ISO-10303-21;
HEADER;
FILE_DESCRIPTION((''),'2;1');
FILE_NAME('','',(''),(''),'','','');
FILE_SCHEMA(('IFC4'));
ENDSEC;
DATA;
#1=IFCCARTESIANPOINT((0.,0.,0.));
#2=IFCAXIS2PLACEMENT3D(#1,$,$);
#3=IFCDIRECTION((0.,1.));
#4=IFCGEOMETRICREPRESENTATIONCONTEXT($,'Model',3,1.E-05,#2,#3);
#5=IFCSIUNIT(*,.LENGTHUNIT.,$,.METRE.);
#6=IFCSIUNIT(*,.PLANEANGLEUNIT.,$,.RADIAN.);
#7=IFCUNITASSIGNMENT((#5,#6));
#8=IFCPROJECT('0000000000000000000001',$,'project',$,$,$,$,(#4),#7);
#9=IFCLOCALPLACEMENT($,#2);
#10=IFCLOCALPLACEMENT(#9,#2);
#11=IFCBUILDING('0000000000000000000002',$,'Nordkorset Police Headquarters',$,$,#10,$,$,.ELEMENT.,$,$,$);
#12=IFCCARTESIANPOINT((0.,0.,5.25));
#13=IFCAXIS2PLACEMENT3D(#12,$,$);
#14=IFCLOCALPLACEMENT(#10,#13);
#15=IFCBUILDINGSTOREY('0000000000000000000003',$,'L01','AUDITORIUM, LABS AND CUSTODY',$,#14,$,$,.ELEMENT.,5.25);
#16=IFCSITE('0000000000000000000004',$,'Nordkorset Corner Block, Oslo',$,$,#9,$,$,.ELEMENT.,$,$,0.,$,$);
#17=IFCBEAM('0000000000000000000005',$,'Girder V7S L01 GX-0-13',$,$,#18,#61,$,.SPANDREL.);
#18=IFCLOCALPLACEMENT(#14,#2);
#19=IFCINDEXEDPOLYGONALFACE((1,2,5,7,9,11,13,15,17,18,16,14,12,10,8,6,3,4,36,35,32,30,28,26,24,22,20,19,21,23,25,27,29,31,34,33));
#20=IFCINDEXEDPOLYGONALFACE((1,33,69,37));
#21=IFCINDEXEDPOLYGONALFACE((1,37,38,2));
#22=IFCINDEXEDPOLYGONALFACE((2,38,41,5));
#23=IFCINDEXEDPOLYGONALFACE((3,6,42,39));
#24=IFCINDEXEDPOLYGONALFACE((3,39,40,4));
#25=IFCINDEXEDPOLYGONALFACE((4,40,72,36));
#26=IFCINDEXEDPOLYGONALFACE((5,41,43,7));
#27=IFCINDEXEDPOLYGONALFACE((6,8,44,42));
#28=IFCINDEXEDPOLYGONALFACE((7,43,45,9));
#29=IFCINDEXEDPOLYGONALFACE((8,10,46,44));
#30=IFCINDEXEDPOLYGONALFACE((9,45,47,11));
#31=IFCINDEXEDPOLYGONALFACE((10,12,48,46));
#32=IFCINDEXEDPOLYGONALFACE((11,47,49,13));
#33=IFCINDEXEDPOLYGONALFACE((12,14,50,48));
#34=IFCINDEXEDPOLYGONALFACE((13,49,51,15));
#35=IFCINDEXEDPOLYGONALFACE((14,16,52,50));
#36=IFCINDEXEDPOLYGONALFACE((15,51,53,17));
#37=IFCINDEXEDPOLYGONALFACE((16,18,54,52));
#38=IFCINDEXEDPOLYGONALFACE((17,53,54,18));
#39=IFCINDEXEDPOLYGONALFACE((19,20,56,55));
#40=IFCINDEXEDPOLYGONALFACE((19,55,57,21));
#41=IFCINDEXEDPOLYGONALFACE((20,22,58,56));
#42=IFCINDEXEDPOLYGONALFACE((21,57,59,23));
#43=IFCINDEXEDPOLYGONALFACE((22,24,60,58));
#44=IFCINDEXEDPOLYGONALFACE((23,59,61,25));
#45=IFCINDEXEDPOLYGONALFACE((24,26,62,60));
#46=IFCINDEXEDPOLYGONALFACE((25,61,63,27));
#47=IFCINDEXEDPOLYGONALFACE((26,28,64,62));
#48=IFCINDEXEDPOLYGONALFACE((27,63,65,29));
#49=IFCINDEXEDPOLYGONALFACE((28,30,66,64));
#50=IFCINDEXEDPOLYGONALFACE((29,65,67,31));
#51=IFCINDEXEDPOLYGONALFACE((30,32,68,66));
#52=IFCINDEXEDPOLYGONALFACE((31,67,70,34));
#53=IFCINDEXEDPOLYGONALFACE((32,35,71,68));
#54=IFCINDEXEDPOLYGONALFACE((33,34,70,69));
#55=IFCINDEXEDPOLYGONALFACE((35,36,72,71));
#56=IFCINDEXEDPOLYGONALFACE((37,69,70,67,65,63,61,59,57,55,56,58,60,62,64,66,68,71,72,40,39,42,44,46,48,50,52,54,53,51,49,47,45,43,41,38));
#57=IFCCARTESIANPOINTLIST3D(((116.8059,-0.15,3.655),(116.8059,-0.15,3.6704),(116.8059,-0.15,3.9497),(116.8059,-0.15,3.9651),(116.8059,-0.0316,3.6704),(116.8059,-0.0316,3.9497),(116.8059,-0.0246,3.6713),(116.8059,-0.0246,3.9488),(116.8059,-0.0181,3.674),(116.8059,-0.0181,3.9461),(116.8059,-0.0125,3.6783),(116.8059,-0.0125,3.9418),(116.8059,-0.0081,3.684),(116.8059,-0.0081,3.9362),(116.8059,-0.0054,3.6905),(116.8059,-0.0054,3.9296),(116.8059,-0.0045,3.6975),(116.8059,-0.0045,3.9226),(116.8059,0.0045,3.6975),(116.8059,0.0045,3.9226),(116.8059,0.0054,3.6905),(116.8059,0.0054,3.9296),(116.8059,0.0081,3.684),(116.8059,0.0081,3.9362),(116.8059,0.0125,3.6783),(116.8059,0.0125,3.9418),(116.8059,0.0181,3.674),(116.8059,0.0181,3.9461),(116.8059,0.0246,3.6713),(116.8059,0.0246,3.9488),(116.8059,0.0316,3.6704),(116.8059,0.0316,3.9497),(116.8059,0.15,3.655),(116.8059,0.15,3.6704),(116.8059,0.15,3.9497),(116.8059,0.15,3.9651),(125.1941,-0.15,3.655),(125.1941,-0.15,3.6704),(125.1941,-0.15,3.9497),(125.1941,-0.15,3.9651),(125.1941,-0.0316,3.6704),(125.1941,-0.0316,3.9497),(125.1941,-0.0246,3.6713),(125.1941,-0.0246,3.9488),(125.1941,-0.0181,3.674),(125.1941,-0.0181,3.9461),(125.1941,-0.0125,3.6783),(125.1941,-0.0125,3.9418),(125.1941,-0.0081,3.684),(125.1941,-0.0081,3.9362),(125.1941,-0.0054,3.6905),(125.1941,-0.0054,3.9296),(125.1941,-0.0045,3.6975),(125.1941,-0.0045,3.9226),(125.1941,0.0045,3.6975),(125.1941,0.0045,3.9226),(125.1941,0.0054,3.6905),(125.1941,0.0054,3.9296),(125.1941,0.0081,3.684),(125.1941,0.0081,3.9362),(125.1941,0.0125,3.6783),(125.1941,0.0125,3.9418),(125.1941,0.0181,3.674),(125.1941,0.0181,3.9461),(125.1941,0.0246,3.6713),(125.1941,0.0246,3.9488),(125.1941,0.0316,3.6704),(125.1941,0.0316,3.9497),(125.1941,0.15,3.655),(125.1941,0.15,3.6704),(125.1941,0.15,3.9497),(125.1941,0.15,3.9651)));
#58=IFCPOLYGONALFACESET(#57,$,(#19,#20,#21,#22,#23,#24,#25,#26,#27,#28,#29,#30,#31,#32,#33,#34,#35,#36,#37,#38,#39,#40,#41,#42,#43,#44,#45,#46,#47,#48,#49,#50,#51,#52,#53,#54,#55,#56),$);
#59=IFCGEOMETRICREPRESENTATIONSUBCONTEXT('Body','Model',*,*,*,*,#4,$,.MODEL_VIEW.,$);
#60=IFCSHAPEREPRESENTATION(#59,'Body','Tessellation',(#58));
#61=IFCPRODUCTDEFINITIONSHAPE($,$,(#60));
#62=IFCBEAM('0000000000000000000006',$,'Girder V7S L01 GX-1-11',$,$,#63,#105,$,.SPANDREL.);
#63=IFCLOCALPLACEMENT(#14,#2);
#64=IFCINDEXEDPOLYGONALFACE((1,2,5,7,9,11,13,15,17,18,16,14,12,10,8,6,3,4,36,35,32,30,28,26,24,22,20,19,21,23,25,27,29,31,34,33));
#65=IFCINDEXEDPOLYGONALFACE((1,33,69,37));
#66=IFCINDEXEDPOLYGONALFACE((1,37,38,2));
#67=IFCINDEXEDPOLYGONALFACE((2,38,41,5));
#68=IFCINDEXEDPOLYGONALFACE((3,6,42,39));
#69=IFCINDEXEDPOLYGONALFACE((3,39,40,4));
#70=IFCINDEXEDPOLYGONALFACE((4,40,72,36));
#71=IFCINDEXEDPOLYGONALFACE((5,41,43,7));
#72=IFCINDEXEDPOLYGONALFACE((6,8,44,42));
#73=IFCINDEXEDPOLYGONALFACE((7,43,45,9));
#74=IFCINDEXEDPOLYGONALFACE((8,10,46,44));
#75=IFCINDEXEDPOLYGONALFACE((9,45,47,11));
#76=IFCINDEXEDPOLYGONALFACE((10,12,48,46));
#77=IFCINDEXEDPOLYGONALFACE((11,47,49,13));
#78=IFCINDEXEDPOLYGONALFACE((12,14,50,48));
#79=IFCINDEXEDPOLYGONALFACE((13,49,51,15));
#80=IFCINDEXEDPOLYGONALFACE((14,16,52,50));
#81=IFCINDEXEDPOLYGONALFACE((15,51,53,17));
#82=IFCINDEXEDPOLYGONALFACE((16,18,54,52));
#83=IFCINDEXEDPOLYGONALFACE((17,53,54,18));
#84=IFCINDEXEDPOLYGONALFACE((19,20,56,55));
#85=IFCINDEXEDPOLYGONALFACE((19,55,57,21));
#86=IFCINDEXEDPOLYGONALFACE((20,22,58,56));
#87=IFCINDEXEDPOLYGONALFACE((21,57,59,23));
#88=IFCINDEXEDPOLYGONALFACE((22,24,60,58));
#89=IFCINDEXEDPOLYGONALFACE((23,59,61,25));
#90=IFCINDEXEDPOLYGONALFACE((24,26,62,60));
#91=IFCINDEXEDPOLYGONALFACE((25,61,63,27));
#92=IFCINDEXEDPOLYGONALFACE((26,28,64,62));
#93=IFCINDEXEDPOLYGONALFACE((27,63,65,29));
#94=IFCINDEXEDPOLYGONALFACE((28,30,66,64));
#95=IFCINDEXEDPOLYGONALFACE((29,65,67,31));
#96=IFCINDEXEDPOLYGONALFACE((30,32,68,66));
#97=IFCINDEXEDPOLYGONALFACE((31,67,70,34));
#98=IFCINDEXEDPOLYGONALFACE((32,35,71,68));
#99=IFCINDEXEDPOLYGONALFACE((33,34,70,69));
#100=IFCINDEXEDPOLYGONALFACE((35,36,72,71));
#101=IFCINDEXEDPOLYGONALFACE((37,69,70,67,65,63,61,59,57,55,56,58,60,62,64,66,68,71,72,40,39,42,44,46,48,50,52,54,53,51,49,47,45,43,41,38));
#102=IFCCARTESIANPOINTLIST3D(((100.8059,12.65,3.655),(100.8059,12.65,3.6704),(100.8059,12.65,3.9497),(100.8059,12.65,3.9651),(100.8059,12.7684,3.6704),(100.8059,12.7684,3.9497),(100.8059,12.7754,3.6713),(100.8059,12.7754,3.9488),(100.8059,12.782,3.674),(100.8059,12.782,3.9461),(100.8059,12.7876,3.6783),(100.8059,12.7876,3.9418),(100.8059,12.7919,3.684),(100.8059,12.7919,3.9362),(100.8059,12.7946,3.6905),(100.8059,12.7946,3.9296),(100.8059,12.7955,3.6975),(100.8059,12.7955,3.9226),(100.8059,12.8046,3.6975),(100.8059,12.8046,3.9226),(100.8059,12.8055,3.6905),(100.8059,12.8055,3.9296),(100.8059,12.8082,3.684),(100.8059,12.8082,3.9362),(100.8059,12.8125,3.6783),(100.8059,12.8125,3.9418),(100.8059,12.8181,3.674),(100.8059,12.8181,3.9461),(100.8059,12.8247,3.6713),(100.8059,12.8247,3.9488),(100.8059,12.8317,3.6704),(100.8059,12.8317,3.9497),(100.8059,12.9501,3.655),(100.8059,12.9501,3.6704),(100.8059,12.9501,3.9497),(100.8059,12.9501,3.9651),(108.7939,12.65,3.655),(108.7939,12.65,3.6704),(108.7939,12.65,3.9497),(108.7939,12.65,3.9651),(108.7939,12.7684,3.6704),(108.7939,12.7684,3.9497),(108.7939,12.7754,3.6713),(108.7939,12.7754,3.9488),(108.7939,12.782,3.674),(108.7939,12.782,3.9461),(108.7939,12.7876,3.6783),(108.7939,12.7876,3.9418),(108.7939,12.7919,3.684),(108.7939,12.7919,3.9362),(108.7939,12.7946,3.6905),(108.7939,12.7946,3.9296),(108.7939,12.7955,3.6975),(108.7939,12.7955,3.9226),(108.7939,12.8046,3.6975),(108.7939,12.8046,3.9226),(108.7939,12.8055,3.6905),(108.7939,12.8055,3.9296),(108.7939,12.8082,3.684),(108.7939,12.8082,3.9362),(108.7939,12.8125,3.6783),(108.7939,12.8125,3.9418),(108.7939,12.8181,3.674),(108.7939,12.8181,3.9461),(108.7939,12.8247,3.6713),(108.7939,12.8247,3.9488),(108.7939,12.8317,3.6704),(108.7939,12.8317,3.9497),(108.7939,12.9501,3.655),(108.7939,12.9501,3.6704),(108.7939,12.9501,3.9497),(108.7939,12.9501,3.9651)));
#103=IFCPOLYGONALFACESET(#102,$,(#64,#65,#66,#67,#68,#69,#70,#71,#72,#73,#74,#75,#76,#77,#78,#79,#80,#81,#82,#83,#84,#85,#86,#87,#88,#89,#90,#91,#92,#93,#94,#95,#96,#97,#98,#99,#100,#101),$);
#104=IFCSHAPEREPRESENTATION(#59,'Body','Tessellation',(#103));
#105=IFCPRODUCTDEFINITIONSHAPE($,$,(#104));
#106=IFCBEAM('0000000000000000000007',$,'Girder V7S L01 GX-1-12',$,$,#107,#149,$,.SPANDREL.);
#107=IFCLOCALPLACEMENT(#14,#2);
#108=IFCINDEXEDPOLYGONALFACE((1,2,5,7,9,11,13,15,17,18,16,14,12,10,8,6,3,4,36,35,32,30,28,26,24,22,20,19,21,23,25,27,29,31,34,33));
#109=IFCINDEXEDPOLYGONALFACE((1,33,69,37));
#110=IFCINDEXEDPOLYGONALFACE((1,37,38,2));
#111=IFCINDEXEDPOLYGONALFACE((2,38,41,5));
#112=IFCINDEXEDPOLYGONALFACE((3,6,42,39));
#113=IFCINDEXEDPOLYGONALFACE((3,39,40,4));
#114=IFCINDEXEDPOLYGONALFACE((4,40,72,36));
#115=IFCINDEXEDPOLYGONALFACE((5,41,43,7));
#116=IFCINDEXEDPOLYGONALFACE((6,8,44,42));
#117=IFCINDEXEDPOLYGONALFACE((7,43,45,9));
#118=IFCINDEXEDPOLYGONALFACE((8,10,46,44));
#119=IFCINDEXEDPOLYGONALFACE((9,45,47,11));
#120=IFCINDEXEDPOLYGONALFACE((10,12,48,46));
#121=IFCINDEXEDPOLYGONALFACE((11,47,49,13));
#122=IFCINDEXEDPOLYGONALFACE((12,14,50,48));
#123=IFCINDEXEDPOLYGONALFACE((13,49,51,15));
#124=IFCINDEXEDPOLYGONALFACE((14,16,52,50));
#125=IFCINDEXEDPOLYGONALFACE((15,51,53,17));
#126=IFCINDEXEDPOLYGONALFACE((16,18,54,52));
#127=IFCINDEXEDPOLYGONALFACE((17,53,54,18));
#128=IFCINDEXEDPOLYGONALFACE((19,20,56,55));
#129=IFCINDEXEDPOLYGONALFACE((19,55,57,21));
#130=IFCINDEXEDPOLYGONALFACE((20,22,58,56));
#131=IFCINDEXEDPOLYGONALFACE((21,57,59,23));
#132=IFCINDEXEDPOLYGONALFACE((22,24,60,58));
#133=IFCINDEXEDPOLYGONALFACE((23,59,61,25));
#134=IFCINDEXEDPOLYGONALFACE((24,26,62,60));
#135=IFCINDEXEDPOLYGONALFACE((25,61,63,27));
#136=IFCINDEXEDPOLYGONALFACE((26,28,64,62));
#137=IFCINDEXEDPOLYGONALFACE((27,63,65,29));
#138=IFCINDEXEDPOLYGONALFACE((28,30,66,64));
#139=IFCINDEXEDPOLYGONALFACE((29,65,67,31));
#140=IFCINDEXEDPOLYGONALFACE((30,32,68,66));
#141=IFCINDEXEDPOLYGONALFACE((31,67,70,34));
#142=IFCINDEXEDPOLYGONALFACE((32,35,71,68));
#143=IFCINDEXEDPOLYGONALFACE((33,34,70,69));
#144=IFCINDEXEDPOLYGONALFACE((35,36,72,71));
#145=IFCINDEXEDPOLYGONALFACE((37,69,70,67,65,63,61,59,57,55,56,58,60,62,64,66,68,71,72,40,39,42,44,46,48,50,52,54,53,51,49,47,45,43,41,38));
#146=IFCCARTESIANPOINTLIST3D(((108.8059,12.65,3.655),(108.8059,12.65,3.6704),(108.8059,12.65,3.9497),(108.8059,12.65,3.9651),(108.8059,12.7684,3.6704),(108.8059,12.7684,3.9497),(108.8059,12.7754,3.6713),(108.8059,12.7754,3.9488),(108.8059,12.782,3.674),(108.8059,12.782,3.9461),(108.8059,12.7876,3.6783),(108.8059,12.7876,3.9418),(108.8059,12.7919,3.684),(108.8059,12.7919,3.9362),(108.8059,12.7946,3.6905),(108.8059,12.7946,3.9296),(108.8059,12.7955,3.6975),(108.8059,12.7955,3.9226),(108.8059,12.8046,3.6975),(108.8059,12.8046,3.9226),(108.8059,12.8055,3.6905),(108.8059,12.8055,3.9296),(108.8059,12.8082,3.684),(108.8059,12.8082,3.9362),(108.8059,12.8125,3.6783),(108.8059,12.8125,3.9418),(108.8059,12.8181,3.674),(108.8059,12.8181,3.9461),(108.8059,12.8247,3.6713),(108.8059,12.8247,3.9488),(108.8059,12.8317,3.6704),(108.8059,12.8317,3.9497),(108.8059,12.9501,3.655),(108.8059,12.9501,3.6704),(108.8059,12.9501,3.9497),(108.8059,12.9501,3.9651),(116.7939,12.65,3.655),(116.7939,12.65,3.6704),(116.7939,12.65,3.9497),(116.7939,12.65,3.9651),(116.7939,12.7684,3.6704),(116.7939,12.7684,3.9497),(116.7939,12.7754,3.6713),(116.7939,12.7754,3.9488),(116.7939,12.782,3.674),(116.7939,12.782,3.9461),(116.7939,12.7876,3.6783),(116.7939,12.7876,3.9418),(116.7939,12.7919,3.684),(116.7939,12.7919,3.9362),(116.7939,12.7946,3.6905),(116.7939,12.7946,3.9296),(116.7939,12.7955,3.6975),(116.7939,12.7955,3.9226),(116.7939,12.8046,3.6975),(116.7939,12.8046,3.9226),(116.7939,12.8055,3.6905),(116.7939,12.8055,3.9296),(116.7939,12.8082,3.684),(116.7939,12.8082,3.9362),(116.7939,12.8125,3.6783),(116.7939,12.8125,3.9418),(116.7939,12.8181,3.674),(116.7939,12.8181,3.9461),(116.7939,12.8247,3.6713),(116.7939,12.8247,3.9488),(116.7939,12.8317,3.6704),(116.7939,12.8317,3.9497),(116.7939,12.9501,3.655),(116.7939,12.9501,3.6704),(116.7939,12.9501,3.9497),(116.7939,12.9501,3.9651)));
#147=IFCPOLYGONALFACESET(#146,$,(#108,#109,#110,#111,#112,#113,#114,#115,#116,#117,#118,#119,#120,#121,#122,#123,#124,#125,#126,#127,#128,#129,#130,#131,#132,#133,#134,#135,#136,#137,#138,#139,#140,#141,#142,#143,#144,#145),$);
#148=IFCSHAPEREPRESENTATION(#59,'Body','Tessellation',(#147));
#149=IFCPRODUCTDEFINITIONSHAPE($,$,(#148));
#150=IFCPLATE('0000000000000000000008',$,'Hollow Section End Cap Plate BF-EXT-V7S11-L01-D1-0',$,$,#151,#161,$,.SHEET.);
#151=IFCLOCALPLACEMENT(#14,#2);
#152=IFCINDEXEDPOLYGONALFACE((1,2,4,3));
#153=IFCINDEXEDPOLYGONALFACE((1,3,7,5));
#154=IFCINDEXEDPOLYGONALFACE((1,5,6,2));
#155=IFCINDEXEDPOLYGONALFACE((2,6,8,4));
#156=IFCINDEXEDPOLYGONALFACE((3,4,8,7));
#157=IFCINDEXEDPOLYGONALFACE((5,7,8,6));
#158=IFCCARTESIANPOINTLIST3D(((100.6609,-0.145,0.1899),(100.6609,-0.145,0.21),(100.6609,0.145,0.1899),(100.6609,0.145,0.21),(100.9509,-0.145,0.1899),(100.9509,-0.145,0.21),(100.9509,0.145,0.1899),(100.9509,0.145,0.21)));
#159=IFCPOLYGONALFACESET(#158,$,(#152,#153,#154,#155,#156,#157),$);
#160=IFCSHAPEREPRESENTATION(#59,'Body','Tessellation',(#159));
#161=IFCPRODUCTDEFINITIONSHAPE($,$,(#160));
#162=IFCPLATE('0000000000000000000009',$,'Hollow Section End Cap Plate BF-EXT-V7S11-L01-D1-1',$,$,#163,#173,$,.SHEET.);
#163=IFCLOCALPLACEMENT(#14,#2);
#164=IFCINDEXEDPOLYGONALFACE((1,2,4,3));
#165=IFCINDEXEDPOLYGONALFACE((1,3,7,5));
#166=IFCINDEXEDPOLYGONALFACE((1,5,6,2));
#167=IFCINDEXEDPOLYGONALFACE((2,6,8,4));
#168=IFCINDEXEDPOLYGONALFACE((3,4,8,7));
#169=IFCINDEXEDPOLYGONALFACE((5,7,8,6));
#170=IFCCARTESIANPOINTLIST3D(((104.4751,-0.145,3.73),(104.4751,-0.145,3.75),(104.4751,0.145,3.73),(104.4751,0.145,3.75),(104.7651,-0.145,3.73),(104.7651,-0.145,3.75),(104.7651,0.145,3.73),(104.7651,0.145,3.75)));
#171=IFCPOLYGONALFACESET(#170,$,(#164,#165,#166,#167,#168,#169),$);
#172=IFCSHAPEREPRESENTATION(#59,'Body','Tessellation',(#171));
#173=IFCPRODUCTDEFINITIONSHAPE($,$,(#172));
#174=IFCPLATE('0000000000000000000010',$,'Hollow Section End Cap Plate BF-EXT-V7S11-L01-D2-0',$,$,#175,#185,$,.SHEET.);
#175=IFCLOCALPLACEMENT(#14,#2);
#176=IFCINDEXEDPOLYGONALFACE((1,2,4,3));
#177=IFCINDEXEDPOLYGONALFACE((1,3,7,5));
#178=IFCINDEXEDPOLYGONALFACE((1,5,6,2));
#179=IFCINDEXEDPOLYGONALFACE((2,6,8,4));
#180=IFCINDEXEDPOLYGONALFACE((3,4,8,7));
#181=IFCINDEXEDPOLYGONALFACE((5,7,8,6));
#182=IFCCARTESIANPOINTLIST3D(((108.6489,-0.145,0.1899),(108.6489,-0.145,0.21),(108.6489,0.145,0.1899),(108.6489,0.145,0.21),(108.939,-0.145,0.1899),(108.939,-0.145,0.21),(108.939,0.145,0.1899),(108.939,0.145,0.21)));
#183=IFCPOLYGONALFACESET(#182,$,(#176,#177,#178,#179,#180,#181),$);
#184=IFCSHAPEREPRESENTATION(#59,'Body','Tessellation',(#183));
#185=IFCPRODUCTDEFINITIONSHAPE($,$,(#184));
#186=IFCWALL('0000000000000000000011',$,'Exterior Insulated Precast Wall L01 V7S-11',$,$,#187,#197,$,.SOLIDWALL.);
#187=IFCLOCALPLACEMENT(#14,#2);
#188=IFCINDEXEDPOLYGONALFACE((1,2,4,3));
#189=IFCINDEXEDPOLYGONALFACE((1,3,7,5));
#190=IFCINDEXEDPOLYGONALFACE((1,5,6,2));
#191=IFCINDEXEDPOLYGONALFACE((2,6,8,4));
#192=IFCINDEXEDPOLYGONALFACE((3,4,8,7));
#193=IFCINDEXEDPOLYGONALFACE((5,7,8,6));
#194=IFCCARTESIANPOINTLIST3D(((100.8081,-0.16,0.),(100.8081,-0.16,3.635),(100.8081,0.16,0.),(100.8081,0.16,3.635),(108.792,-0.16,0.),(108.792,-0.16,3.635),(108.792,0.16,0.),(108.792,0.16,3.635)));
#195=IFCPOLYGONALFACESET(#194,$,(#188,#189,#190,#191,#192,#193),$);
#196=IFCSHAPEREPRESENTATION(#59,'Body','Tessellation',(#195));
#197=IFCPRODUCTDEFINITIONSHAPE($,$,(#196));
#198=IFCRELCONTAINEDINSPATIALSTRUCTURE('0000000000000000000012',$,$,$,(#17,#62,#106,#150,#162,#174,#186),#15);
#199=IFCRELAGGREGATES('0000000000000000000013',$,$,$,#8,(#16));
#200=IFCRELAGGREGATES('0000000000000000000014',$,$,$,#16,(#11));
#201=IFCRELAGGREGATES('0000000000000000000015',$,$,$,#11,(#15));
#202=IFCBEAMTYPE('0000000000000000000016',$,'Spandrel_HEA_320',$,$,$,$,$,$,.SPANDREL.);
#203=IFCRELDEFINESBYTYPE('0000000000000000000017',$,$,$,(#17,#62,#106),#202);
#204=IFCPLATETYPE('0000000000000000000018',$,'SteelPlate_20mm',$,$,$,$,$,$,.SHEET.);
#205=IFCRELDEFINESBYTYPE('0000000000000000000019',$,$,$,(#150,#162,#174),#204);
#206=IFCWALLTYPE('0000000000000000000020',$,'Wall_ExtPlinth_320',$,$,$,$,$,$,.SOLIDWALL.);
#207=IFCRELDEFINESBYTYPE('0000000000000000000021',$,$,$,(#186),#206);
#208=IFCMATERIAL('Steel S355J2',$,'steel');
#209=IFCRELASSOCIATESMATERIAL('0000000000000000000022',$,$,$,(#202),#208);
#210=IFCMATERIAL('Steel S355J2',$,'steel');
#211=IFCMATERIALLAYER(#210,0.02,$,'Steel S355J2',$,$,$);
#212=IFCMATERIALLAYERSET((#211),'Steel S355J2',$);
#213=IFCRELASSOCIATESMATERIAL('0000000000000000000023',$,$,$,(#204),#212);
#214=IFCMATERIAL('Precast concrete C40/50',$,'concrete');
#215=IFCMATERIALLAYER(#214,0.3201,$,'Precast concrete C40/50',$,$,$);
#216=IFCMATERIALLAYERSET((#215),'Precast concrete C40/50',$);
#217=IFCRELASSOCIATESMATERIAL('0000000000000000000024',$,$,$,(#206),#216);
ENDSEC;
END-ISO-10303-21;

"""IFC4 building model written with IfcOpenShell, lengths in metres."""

from ifc_helpers import new_model, si_unit, direction, frame, frame_2d, origin, origin_2d, place, context, subcontext, project, spatial, rectangle, i_section, extrude, material, layer, layer_set, material_profile, profile_set, type_object, element, save


model = new_model("IFC4")

# Units and contexts
model_context = context("Model", 3, precision=1e-05, world=origin(), true_north=direction((0.0, 1.0)))
body_context = subcontext(model_context, "Body", "Model", "MODEL_VIEW")
ifc_project = project(units=[si_unit("LENGTHUNIT", "METRE"), si_unit("PLANEANGLEUNIT", "RADIAN")], contexts=[model_context])

# Site, building, storey
site_placement = place(None, origin())
site = spatial("IfcSite", under=ifc_project, at=site_placement, Name="Nordkorset Corner Block, Oslo", CompositionType="ELEMENT", RefElevation=0.0)
building_placement = place(site_placement, origin())
building = spatial("IfcBuilding", under=site, at=building_placement, Name="Nordkorset Police Headquarters", CompositionType="ELEMENT")
storey_placement = place(building_placement, frame((0.0, 0.0, 5.25)))
storey = spatial("IfcBuildingStorey", under=building, at=storey_placement, Name="L01", Description="AUDITORIUM, LABS AND CUSTODY", CompositionType="ELEMENT", Elevation=5.25)

# Beams
ifc_material_1 = material(Name="Steel S355J2", Category="steel")
ifc_material_profile_1 = material_profile(ifc_material_1, i_section(OverallWidth=0.3, OverallDepth=0.3101, WebThickness=0.009, FlangeThickness=0.0154, FilletRadius=0.0271, at=origin_2d()), Name="HEA 320")
ifc_profile_set_1 = profile_set([ifc_material_profile_1], Name="Steel S355J2")
beam_type_1 = type_object("IfcBeamType", Name="Spandrel_HEA_320", PredefinedType="SPANDREL", material=ifc_profile_set_1)
beam_1_placement = place(storey_placement, frame((116.8059, 0.0, 3.8101), z_axis=(1.0, 0.0, 0.0), x_axis=(0.0, 1.0, 0.0)))
element("IfcBeam", 1, at=beam_1_placement, inside=storey, type_object=beam_type_1, Name="Girder V7S L01 GX-0-13", PredefinedType="SPANDREL", context=body_context, shape_type="SweptSolid", body=[
    extrude(i_section(OverallWidth=0.3, OverallDepth=0.3101, WebThickness=0.009, FlangeThickness=0.0154, FilletRadius=0.0271, at=origin_2d()), origin(), (0.0, 0.0, 1.0), 8.3882),
])
for number, where, z_axis, x_axis, name in (
    (2, (100.8059, 12.8, 3.8101), (1.0, 0.0, 0.0), (0.0, 1.0, 0.0), "Girder V7S L01 GX-1-11"),
    (3, (108.8059, 12.8, 3.8101), (1.0, 0.0, 0.0), (0.0, 1.0, 0.0), "Girder V7S L01 GX-1-12"),
):
    element("IfcBeam", number, at=place(storey_placement, frame(where, z_axis=z_axis, x_axis=x_axis)), inside=storey, type_object=beam_type_1, Name=name, PredefinedType="SPANDREL", context=body_context, shape_type="SweptSolid", body=[
        extrude(i_section(OverallWidth=0.3, OverallDepth=0.3101, WebThickness=0.009, FlangeThickness=0.0154, FilletRadius=0.0271, at=origin_2d()), origin(), (0.0, 0.0, 1.0), 7.988),
    ])

# Plates
ifc_material_2 = material(Name="Steel S355J2", Category="steel")
ifc_layer_1 = layer(ifc_material_2, 0.02, Name="Steel S355J2")
ifc_layer_set_1 = layer_set([ifc_layer_1], Name="Steel S355J2")
plate_type = type_object("IfcPlateType", Name="SteelPlate_20mm", PredefinedType="SHEET", material=ifc_layer_set_1)
for number, where, z_axis, x_axis, name in (
    (4, (100.8059, 0.0, 0.1899), (0.0, 0.0, 1.0), (1.0, 0.0, 0.0), "Hollow Section End Cap Plate BF-EXT-V7S11-L01-D1-0"),
    (5, (104.6201, 0.0, 3.73), (0.0, 0.0, 1.0), (1.0, 0.0, 0.0), "Hollow Section End Cap Plate BF-EXT-V7S11-L01-D1-1"),
    (6, (108.7939, 0.0, 0.1899), (0.0, 0.0, 1.0), (1.0, 0.0, 0.0), "Hollow Section End Cap Plate BF-EXT-V7S11-L01-D2-0"),
):
    element("IfcPlate", number, at=place(storey_placement, frame(where, z_axis=z_axis, x_axis=x_axis)), inside=storey, type_object=plate_type, Name=name, PredefinedType="SHEET", context=body_context, shape_type="SweptSolid", body=[
        extrude(rectangle(XDim=0.29, YDim=0.29, at=origin_2d()), origin(), (0.0, 0.0, 1.0), 0.02),
    ])

# Wall
ifc_material_3 = material(Name="Precast concrete C40/50", Category="concrete")
ifc_layer_2 = layer(ifc_material_3, 0.3201, Name="Precast concrete C40/50")
ifc_layer_set_2 = layer_set([ifc_layer_2], Name="Precast concrete C40/50")
wall_type = type_object("IfcWallType", Name="Wall_ExtPlinth_320", PredefinedType="SOLIDWALL", material=ifc_layer_set_2)
wall_1_placement = place(storey_placement, frame((100.8081, 0.0, 0.0), z_axis=(0.0, 0.0, 1.0), x_axis=(1.0, 0.0, 0.0)))
element("IfcWall", 7, at=wall_1_placement, inside=storey, type_object=wall_type, Name="Exterior Insulated Precast Wall L01 V7S-11", PredefinedType="SOLIDWALL", context=body_context, shape_type="SweptSolid", body=[
    extrude(rectangle(XDim=7.9839, YDim=0.3201, at=frame_2d((3.9919, 0.0))), origin(), (0.0, 0.0, 1.0), 3.635),
])

save(model, "model.ifc")
